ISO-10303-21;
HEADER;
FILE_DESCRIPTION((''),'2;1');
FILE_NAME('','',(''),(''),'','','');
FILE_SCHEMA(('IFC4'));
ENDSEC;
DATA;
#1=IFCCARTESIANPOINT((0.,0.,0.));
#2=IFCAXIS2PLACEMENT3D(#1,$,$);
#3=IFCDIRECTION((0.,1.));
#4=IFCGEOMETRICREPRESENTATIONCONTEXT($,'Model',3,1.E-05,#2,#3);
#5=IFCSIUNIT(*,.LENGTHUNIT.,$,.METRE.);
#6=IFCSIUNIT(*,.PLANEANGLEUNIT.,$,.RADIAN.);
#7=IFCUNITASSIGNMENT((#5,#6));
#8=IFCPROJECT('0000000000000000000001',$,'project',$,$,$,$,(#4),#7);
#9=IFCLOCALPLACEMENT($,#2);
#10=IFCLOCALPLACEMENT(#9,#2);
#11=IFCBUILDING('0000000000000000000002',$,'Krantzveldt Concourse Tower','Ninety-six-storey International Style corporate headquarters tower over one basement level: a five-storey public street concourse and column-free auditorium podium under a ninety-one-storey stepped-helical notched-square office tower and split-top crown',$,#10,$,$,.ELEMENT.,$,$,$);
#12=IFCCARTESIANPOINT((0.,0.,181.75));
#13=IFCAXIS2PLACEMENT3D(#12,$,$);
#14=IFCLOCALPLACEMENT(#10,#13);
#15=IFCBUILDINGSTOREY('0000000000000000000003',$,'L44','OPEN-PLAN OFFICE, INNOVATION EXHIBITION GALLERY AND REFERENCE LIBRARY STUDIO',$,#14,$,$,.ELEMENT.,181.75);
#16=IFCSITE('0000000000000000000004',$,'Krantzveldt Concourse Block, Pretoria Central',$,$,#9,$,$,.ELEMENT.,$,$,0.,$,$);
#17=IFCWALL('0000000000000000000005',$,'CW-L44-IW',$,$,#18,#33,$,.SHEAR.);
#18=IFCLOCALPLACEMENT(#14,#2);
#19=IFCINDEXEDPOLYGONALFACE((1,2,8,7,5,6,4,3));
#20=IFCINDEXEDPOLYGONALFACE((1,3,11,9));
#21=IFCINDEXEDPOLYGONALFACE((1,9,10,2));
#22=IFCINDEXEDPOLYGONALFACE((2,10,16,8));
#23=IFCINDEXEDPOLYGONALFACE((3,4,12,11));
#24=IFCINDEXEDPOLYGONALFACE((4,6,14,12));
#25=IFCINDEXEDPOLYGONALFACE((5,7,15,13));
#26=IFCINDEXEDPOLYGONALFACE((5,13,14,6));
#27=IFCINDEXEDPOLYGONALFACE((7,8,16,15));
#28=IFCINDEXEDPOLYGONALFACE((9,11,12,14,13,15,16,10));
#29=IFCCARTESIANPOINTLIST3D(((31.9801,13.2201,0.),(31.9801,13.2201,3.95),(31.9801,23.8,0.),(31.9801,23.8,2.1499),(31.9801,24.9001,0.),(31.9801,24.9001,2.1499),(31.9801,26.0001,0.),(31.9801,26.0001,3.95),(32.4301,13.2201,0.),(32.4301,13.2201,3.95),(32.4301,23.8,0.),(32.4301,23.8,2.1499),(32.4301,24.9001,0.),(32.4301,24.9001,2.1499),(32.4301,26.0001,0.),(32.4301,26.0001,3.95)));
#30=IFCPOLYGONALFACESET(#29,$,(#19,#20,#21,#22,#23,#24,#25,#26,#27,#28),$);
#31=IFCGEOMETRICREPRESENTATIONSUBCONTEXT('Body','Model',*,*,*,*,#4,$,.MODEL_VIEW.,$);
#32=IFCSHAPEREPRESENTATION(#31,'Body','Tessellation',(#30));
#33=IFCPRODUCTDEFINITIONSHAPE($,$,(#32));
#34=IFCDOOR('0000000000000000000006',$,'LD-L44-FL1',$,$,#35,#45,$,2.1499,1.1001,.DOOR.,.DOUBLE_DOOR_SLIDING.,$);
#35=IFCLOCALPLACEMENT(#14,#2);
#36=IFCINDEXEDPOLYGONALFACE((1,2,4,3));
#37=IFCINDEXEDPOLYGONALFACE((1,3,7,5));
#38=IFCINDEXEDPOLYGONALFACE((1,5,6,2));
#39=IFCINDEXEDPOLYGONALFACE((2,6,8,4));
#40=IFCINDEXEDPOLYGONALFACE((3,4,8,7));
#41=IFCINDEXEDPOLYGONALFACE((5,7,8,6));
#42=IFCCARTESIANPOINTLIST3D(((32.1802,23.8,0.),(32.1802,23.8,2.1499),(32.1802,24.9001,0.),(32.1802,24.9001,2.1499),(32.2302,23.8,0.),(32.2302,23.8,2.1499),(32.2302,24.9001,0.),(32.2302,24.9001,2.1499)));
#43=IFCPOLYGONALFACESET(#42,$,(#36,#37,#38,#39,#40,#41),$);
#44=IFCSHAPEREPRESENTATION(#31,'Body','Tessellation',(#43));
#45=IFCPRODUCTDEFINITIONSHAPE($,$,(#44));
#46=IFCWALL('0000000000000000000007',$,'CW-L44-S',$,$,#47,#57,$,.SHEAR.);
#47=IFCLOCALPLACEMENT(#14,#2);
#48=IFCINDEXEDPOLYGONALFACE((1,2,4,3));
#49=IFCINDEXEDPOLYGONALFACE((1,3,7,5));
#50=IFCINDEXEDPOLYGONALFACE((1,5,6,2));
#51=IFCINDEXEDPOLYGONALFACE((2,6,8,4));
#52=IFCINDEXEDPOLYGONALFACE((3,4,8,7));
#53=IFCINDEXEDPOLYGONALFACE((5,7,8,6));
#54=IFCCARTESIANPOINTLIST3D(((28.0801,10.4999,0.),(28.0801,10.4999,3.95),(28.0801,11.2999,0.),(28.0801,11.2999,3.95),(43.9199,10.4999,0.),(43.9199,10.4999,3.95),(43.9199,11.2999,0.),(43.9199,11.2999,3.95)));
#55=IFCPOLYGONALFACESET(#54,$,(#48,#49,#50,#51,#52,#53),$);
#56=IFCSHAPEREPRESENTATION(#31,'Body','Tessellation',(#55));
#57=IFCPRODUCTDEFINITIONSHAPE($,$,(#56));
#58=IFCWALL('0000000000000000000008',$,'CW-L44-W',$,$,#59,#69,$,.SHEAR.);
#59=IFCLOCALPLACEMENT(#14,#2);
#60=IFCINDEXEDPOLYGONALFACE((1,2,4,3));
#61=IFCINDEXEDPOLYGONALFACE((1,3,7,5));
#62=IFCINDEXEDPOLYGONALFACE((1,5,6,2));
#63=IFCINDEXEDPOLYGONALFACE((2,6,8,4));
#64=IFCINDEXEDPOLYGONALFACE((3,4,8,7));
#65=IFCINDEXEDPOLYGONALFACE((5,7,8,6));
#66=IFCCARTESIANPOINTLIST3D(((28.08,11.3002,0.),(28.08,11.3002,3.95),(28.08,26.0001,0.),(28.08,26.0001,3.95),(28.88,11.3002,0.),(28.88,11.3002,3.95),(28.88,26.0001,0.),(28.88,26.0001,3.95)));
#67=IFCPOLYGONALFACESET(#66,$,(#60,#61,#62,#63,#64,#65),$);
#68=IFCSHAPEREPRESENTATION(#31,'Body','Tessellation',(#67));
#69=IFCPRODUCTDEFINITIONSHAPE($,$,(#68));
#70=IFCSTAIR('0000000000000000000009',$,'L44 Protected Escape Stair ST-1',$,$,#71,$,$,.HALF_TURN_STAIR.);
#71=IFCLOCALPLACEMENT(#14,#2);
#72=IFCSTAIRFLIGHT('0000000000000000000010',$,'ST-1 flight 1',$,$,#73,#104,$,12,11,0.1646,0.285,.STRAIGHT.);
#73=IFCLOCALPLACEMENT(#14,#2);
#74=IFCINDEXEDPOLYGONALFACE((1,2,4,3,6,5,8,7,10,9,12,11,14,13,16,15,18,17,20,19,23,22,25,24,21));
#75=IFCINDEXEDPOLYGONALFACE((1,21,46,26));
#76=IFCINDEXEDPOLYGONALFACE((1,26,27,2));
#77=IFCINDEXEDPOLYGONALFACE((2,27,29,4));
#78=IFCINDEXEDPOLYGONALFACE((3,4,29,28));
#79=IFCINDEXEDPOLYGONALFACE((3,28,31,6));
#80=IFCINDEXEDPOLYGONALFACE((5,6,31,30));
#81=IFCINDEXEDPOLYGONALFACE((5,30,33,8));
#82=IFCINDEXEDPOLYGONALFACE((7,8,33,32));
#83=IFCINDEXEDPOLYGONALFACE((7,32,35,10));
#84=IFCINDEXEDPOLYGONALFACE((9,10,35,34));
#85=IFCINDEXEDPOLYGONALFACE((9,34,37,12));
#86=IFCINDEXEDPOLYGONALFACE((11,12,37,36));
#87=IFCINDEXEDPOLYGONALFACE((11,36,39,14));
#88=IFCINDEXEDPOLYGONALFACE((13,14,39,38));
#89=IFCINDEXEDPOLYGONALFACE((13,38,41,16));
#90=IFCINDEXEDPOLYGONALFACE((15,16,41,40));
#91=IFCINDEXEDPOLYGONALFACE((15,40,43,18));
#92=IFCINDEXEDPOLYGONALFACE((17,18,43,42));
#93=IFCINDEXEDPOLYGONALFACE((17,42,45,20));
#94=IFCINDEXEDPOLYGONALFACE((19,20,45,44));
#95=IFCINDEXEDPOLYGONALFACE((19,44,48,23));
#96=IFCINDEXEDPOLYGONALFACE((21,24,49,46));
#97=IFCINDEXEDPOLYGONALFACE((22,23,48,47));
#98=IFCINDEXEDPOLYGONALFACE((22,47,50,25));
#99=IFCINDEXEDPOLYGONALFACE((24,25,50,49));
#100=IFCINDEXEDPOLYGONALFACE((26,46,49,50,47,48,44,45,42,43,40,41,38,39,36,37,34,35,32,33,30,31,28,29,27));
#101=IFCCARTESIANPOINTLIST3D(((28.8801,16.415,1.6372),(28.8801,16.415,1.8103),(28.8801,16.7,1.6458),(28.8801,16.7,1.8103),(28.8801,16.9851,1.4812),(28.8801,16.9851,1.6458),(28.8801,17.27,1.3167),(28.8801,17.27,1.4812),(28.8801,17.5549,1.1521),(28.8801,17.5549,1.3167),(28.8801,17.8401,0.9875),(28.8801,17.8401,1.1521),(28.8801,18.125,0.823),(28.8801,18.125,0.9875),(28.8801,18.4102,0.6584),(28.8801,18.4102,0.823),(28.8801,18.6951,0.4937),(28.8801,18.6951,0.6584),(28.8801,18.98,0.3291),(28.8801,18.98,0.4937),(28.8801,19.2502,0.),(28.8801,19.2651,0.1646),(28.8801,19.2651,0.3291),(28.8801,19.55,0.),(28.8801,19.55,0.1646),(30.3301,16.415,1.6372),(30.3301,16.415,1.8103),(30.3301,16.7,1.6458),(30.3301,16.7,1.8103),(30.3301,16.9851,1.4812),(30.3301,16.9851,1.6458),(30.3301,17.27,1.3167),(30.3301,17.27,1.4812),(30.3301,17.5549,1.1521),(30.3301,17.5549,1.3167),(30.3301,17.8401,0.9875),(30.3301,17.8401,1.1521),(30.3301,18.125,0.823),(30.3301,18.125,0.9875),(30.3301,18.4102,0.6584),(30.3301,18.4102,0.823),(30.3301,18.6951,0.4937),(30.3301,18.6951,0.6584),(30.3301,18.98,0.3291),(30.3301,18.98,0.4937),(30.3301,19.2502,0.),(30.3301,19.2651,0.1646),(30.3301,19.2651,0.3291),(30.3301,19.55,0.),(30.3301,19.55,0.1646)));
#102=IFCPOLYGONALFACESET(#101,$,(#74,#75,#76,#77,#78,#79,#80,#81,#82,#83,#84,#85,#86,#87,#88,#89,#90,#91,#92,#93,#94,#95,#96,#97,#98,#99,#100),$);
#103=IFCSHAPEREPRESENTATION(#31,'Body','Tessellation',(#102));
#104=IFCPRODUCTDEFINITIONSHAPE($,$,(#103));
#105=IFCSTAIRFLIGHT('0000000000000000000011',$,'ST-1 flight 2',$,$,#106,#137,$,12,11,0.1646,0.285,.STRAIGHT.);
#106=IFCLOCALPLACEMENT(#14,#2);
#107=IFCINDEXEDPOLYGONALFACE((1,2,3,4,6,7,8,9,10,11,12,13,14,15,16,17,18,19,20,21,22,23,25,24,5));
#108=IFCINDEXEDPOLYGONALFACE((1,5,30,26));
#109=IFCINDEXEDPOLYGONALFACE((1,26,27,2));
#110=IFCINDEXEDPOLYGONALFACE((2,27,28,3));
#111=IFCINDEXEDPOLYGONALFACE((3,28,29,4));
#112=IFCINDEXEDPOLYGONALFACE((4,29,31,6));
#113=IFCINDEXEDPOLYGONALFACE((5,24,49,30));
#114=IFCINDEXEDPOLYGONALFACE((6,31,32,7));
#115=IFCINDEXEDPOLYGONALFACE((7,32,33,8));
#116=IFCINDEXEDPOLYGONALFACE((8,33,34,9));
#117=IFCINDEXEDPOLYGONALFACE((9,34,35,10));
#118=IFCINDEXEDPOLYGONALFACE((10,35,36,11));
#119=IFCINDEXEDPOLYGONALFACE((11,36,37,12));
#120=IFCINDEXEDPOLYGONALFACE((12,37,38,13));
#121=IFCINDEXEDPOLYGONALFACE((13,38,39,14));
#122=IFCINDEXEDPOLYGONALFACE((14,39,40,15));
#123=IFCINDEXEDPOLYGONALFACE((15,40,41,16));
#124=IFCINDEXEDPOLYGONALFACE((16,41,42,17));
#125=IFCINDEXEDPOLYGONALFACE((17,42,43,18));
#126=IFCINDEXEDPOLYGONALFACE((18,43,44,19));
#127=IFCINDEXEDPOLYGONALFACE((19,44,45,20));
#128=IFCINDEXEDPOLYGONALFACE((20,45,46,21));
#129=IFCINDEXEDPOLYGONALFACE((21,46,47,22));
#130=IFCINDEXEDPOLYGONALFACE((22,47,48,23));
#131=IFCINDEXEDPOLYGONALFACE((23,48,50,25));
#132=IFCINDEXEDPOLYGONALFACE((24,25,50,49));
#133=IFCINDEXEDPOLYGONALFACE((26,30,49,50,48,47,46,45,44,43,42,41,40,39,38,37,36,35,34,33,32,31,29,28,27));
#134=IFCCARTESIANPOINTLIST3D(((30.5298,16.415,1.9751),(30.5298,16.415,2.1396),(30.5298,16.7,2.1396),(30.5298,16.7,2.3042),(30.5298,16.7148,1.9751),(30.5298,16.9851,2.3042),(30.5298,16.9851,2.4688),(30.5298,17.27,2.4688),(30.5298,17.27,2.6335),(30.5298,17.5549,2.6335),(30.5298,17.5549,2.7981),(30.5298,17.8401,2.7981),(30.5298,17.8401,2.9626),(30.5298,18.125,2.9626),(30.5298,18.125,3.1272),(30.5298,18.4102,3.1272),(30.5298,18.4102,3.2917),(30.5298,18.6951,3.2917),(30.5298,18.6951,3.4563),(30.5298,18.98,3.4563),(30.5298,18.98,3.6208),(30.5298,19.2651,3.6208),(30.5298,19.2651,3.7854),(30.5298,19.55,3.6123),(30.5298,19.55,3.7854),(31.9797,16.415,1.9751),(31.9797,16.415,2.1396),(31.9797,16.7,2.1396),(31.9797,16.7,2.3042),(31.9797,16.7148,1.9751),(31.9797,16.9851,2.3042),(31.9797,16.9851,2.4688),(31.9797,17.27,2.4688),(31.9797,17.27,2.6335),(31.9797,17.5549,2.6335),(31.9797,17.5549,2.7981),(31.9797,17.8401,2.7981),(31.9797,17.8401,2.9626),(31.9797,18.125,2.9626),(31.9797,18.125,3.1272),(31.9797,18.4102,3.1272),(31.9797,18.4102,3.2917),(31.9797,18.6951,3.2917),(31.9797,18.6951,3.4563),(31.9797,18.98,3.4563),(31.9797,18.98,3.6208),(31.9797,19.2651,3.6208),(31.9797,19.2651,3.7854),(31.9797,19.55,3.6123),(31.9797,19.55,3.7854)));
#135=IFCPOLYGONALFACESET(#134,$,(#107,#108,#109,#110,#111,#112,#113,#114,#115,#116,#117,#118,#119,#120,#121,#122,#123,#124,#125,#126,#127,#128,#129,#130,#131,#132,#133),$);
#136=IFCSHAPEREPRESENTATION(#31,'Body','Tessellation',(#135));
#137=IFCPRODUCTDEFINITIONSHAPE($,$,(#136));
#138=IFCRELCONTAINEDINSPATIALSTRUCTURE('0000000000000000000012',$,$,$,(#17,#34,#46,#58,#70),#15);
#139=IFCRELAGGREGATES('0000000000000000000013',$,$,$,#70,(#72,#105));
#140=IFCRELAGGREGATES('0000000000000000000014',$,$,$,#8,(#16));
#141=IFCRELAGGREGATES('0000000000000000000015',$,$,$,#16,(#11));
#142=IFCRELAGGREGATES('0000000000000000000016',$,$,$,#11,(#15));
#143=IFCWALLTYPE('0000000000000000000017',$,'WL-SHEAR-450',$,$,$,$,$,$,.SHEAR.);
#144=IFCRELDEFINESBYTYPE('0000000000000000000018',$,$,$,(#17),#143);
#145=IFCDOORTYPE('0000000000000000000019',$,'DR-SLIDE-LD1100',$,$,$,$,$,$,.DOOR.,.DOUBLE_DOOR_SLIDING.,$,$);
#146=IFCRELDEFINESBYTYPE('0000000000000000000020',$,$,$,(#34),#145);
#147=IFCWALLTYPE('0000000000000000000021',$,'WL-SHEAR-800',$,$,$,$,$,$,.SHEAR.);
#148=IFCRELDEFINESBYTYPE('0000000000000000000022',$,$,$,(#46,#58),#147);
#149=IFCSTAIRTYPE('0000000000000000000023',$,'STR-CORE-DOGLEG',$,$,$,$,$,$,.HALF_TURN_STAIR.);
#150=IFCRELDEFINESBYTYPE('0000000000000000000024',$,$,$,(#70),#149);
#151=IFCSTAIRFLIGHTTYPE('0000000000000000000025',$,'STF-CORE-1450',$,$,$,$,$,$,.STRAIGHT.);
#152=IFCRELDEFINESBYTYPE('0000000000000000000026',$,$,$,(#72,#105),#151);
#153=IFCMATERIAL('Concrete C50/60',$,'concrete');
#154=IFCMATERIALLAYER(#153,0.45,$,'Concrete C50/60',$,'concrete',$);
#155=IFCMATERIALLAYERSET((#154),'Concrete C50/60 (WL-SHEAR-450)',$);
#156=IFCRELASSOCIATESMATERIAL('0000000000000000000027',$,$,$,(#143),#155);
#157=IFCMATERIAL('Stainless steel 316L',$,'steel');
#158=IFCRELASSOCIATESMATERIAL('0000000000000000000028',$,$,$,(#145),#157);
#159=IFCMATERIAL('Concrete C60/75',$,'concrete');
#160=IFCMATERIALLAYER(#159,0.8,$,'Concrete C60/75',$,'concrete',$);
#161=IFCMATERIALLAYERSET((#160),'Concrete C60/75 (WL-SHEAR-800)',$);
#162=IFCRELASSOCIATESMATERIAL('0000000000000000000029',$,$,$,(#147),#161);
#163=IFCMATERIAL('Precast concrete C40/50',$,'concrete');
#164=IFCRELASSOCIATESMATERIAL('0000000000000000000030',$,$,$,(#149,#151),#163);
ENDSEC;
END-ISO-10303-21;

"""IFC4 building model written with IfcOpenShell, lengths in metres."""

from ifc_helpers import new_model, si_unit, direction, frame, frame_2d, origin, place, context, subcontext, project, spatial, polyline, rectangle, outline, extrude, material, layer, layer_set, type_object, element, fill, aggregate, save


model = new_model("IFC4")

# Units and contexts
model_context = context("Model", 3, precision=1e-05, world=origin(), true_north=direction((0.0, 1.0)))
body_context = subcontext(model_context, "Body", "Model", "MODEL_VIEW")
ifc_project = project(units=[si_unit("LENGTHUNIT", "METRE"), si_unit("PLANEANGLEUNIT", "RADIAN")], contexts=[model_context])

# Site, building, storey
site_placement = place(None, origin())
site = spatial("IfcSite", under=ifc_project, at=site_placement, Name="Krantzveldt Concourse Block, Pretoria Central", CompositionType="ELEMENT", RefElevation=0.0)
building_placement = place(site_placement, origin())
building = spatial("IfcBuilding", under=site, at=building_placement, Name="Krantzveldt Concourse Tower", Description="Ninety-six-storey International Style corporate headquarters tower over one basement level: a five-storey public street concourse and column-free auditorium podium under a ninety-one-storey stepped-helical notched-square office tower and split-top crown", CompositionType="ELEMENT")
storey_placement = place(building_placement, frame((0.0, 0.0, 181.75)))
storey = spatial("IfcBuildingStorey", under=building, at=storey_placement, Name="L44", Description="OPEN-PLAN OFFICE, INNOVATION EXHIBITION GALLERY AND REFERENCE LIBRARY STUDIO", CompositionType="ELEMENT", Elevation=181.75)

# Shared definitions
ifc_material_1 = material(Name="Concrete C50/60", Category="concrete")

# Wall, opening, door
ifc_layer_1 = layer(ifc_material_1, 0.45, Name="Concrete C50/60", Category="concrete")
ifc_layer_set_1 = layer_set([ifc_layer_1], Name="Concrete C50/60 (WL-SHEAR-450)")
wall_type_1 = type_object("IfcWallType", Name="WL-SHEAR-450", PredefinedType="SHEAR", material=ifc_layer_set_1)
wall_1_placement = place(storey_placement, frame((32.2051, 13.22, 0.0), z_axis=(0.0, 0.0, 1.0), x_axis=(0.0, 1.0, 0.0)))
wall_1 = element("IfcWall", 1, at=wall_1_placement, inside=storey, type_object=wall_type_1, Name="CW-L44-IW", PredefinedType="SHEAR", context=body_context, shape_type="SweptSolid", body=[
    extrude(rectangle(XDim=12.78, YDim=0.45, at=frame_2d((6.3901, 0.0))), origin(), (0.0, 0.0, 1.0), 3.95),
])
opening_1_placement = place(wall_1_placement, frame((10.5801, 0.0, 0.0)))
opening_1 = element("IfcOpeningElement", 2, at=opening_1_placement, cuts=wall_1, PredefinedType="OPENING", context=body_context, shape_type="SweptSolid", body=[
    extrude(rectangle(XDim=1.1001, YDim=2.1499, at=frame_2d((0.55, 1.075))), frame((0.0, 0.2349, 0.0), z_axis=(0.0, -1.0, 0.0), x_axis=(1.0, 0.0, 0.0)), (0.0, 0.0, 1.0), 0.47),
])
ifc_material_2 = material(Name="Stainless steel 316L", Category="steel")
door_type_1 = type_object("IfcDoorType", Name="DR-SLIDE-LD1100", OperationType="DOUBLE_DOOR_SLIDING", PredefinedType="DOOR", material=ifc_material_2)
door_1_placement = place(opening_1_placement, origin())
door_1 = element("IfcDoor", 3, at=door_1_placement, inside=storey, type_object=door_type_1, Name="LD-L44-FL1", OperationType="DOUBLE_DOOR_SLIDING", OverallHeight=2.1499, OverallWidth=1.1001, PredefinedType="DOOR", context=body_context, shape_type="SweptSolid", body=[
    extrude(rectangle(XDim=1.1001, YDim=2.1499, at=frame_2d((0.55, 1.075))), frame((0.0, 0.0249, 0.0), z_axis=(0.0, -1.0, 0.0), x_axis=(1.0, 0.0, 0.0)), (0.0, 0.0, 1.0), 0.05),
])
fill(opening_1, door_1)

# Walls
ifc_material_3 = material(Name="Concrete C60/75", Category="concrete")
ifc_layer_2 = layer(ifc_material_3, 0.8, Name="Concrete C60/75", Category="concrete")
ifc_layer_set_2 = layer_set([ifc_layer_2], Name="Concrete C60/75 (WL-SHEAR-800)")
wall_type_2 = type_object("IfcWallType", Name="WL-SHEAR-800", PredefinedType="SHEAR", material=ifc_layer_set_2)
wall_2_placement = place(storey_placement, frame((28.0801, 10.8999, 0.0), z_axis=(0.0, 0.0, 1.0), x_axis=(1.0, 0.0, 0.0)))
element("IfcWall", 4, at=wall_2_placement, inside=storey, type_object=wall_type_2, Name="CW-L44-S", PredefinedType="SHEAR", context=body_context, shape_type="SweptSolid", body=[
    extrude(rectangle(XDim=15.8398, YDim=0.8, at=frame_2d((7.9199, 0.0))), origin(), (0.0, 0.0, 1.0), 3.95),
])
wall_3_placement = place(storey_placement, frame((28.48, 11.3, 0.0), z_axis=(0.0, 0.0, 1.0), x_axis=(0.0, 1.0, 0.0)))
element("IfcWall", 5, at=wall_3_placement, inside=storey, type_object=wall_type_2, Name="CW-L44-W", PredefinedType="SHEAR", context=body_context, shape_type="SweptSolid", body=[
    extrude(rectangle(XDim=14.7, YDim=0.8, at=frame_2d((7.3501, 0.0))), origin(), (0.0, 0.0, 1.0), 3.95),
])

# Stair, stair flights
ifc_material_4 = material(Name="Precast concrete C40/50", Category="concrete")
stair_type = type_object("IfcStairType", Name="STR-CORE-DOGLEG", PredefinedType="HALF_TURN_STAIR", material=ifc_material_4)
stair_placement = place(storey_placement, origin())
stair = element("IfcStair", 6, at=stair_placement, inside=storey, type_object=stair_type, Name="L44 Protected Escape Stair ST-1", PredefinedType="HALF_TURN_STAIR")
stair_flight_type = type_object("IfcStairFlightType", Name="STF-CORE-1450", PredefinedType="STRAIGHT", material=ifc_material_4)
stair_flight_1_placement = place(storey_placement, frame((29.605, 19.55, 0.0), z_axis=(0.0, 0.0, 1.0), x_axis=(0.0, -1.0, 0.0)))
stair_flight_1 = element("IfcStairFlight", 7, at=stair_flight_1_placement, type_object=stair_flight_type, Name="ST-1 flight 1", NumberOfRisers=12, NumberOfTreads=11, PredefinedType="STRAIGHT", RiserHeight=0.1646, TreadLength=0.285, context=body_context, shape_type="SweptSolid", body=[
    extrude(outline(polyline([(0.0, 0.0), (0.0, 0.1646), (0.2849, 0.1646), (0.2849, 0.3291), (0.5701, 0.3291), (0.5701, 0.4937), (0.855, 0.4937), (0.855, 0.6584), (1.1399, 0.6584), (1.1399, 0.823), (1.425, 0.823), (1.425, 0.9875), (1.71, 0.9875), (1.71, 1.1521), (1.9951, 1.1521), (1.9951, 1.3167), (2.28, 1.3167), (2.28, 1.4812), (2.5649, 1.4812), (2.5649, 1.6458), (2.8501, 1.6458), (2.8501, 1.8103), (3.135, 1.8103), (3.135, 1.9751), (3.135, 1.6372), (0.2998, 0.0), (0.0, 0.0)])), frame((0.0, 0.7251, 0.0), z_axis=(0.0, -1.0, 0.0), x_axis=(1.0, 0.0, 0.0)), (0.0, 0.0, 1.0), 1.45),
])
stair_flight_2_placement = place(storey_placement, frame((31.2549, 16.415, 1.9751), z_axis=(0.0, 0.0, 1.0), x_axis=(0.0, 1.0, 0.0)))
stair_flight_2 = element("IfcStairFlight", 8, at=stair_flight_2_placement, type_object=stair_flight_type, Name="ST-1 flight 2", NumberOfRisers=12, NumberOfTreads=11, PredefinedType="STRAIGHT", RiserHeight=0.1646, TreadLength=0.285, context=body_context, shape_type="SweptSolid", body=[
    extrude(outline(polyline([(0.0, 0.0), (0.0, 0.1646), (0.2849, 0.1646), (0.2849, 0.3291), (0.5701, 0.3291), (0.5701, 0.4937), (0.855, 0.4937), (0.855, 0.6584), (1.1399, 0.6584), (1.1399, 0.823), (1.425, 0.823), (1.425, 0.9875), (1.71, 0.9875), (1.71, 1.1521), (1.9951, 1.1521), (1.9951, 1.3167), (2.28, 1.3167), (2.28, 1.4812), (2.5649, 1.4812), (2.5649, 1.6458), (2.8501, 1.6458), (2.8501, 1.8103), (3.135, 1.8103), (3.135, 1.9751), (3.135, 1.6372), (0.2998, 0.0), (0.0, 0.0)])), frame((0.0, 0.7251, 0.0), z_axis=(0.0, -1.0, 0.0), x_axis=(1.0, 0.0, 0.0)), (0.0, 0.0, 1.0), 1.45),
])
aggregate(stair, [stair_flight_1, stair_flight_2])

save(model, "model.ifc")
